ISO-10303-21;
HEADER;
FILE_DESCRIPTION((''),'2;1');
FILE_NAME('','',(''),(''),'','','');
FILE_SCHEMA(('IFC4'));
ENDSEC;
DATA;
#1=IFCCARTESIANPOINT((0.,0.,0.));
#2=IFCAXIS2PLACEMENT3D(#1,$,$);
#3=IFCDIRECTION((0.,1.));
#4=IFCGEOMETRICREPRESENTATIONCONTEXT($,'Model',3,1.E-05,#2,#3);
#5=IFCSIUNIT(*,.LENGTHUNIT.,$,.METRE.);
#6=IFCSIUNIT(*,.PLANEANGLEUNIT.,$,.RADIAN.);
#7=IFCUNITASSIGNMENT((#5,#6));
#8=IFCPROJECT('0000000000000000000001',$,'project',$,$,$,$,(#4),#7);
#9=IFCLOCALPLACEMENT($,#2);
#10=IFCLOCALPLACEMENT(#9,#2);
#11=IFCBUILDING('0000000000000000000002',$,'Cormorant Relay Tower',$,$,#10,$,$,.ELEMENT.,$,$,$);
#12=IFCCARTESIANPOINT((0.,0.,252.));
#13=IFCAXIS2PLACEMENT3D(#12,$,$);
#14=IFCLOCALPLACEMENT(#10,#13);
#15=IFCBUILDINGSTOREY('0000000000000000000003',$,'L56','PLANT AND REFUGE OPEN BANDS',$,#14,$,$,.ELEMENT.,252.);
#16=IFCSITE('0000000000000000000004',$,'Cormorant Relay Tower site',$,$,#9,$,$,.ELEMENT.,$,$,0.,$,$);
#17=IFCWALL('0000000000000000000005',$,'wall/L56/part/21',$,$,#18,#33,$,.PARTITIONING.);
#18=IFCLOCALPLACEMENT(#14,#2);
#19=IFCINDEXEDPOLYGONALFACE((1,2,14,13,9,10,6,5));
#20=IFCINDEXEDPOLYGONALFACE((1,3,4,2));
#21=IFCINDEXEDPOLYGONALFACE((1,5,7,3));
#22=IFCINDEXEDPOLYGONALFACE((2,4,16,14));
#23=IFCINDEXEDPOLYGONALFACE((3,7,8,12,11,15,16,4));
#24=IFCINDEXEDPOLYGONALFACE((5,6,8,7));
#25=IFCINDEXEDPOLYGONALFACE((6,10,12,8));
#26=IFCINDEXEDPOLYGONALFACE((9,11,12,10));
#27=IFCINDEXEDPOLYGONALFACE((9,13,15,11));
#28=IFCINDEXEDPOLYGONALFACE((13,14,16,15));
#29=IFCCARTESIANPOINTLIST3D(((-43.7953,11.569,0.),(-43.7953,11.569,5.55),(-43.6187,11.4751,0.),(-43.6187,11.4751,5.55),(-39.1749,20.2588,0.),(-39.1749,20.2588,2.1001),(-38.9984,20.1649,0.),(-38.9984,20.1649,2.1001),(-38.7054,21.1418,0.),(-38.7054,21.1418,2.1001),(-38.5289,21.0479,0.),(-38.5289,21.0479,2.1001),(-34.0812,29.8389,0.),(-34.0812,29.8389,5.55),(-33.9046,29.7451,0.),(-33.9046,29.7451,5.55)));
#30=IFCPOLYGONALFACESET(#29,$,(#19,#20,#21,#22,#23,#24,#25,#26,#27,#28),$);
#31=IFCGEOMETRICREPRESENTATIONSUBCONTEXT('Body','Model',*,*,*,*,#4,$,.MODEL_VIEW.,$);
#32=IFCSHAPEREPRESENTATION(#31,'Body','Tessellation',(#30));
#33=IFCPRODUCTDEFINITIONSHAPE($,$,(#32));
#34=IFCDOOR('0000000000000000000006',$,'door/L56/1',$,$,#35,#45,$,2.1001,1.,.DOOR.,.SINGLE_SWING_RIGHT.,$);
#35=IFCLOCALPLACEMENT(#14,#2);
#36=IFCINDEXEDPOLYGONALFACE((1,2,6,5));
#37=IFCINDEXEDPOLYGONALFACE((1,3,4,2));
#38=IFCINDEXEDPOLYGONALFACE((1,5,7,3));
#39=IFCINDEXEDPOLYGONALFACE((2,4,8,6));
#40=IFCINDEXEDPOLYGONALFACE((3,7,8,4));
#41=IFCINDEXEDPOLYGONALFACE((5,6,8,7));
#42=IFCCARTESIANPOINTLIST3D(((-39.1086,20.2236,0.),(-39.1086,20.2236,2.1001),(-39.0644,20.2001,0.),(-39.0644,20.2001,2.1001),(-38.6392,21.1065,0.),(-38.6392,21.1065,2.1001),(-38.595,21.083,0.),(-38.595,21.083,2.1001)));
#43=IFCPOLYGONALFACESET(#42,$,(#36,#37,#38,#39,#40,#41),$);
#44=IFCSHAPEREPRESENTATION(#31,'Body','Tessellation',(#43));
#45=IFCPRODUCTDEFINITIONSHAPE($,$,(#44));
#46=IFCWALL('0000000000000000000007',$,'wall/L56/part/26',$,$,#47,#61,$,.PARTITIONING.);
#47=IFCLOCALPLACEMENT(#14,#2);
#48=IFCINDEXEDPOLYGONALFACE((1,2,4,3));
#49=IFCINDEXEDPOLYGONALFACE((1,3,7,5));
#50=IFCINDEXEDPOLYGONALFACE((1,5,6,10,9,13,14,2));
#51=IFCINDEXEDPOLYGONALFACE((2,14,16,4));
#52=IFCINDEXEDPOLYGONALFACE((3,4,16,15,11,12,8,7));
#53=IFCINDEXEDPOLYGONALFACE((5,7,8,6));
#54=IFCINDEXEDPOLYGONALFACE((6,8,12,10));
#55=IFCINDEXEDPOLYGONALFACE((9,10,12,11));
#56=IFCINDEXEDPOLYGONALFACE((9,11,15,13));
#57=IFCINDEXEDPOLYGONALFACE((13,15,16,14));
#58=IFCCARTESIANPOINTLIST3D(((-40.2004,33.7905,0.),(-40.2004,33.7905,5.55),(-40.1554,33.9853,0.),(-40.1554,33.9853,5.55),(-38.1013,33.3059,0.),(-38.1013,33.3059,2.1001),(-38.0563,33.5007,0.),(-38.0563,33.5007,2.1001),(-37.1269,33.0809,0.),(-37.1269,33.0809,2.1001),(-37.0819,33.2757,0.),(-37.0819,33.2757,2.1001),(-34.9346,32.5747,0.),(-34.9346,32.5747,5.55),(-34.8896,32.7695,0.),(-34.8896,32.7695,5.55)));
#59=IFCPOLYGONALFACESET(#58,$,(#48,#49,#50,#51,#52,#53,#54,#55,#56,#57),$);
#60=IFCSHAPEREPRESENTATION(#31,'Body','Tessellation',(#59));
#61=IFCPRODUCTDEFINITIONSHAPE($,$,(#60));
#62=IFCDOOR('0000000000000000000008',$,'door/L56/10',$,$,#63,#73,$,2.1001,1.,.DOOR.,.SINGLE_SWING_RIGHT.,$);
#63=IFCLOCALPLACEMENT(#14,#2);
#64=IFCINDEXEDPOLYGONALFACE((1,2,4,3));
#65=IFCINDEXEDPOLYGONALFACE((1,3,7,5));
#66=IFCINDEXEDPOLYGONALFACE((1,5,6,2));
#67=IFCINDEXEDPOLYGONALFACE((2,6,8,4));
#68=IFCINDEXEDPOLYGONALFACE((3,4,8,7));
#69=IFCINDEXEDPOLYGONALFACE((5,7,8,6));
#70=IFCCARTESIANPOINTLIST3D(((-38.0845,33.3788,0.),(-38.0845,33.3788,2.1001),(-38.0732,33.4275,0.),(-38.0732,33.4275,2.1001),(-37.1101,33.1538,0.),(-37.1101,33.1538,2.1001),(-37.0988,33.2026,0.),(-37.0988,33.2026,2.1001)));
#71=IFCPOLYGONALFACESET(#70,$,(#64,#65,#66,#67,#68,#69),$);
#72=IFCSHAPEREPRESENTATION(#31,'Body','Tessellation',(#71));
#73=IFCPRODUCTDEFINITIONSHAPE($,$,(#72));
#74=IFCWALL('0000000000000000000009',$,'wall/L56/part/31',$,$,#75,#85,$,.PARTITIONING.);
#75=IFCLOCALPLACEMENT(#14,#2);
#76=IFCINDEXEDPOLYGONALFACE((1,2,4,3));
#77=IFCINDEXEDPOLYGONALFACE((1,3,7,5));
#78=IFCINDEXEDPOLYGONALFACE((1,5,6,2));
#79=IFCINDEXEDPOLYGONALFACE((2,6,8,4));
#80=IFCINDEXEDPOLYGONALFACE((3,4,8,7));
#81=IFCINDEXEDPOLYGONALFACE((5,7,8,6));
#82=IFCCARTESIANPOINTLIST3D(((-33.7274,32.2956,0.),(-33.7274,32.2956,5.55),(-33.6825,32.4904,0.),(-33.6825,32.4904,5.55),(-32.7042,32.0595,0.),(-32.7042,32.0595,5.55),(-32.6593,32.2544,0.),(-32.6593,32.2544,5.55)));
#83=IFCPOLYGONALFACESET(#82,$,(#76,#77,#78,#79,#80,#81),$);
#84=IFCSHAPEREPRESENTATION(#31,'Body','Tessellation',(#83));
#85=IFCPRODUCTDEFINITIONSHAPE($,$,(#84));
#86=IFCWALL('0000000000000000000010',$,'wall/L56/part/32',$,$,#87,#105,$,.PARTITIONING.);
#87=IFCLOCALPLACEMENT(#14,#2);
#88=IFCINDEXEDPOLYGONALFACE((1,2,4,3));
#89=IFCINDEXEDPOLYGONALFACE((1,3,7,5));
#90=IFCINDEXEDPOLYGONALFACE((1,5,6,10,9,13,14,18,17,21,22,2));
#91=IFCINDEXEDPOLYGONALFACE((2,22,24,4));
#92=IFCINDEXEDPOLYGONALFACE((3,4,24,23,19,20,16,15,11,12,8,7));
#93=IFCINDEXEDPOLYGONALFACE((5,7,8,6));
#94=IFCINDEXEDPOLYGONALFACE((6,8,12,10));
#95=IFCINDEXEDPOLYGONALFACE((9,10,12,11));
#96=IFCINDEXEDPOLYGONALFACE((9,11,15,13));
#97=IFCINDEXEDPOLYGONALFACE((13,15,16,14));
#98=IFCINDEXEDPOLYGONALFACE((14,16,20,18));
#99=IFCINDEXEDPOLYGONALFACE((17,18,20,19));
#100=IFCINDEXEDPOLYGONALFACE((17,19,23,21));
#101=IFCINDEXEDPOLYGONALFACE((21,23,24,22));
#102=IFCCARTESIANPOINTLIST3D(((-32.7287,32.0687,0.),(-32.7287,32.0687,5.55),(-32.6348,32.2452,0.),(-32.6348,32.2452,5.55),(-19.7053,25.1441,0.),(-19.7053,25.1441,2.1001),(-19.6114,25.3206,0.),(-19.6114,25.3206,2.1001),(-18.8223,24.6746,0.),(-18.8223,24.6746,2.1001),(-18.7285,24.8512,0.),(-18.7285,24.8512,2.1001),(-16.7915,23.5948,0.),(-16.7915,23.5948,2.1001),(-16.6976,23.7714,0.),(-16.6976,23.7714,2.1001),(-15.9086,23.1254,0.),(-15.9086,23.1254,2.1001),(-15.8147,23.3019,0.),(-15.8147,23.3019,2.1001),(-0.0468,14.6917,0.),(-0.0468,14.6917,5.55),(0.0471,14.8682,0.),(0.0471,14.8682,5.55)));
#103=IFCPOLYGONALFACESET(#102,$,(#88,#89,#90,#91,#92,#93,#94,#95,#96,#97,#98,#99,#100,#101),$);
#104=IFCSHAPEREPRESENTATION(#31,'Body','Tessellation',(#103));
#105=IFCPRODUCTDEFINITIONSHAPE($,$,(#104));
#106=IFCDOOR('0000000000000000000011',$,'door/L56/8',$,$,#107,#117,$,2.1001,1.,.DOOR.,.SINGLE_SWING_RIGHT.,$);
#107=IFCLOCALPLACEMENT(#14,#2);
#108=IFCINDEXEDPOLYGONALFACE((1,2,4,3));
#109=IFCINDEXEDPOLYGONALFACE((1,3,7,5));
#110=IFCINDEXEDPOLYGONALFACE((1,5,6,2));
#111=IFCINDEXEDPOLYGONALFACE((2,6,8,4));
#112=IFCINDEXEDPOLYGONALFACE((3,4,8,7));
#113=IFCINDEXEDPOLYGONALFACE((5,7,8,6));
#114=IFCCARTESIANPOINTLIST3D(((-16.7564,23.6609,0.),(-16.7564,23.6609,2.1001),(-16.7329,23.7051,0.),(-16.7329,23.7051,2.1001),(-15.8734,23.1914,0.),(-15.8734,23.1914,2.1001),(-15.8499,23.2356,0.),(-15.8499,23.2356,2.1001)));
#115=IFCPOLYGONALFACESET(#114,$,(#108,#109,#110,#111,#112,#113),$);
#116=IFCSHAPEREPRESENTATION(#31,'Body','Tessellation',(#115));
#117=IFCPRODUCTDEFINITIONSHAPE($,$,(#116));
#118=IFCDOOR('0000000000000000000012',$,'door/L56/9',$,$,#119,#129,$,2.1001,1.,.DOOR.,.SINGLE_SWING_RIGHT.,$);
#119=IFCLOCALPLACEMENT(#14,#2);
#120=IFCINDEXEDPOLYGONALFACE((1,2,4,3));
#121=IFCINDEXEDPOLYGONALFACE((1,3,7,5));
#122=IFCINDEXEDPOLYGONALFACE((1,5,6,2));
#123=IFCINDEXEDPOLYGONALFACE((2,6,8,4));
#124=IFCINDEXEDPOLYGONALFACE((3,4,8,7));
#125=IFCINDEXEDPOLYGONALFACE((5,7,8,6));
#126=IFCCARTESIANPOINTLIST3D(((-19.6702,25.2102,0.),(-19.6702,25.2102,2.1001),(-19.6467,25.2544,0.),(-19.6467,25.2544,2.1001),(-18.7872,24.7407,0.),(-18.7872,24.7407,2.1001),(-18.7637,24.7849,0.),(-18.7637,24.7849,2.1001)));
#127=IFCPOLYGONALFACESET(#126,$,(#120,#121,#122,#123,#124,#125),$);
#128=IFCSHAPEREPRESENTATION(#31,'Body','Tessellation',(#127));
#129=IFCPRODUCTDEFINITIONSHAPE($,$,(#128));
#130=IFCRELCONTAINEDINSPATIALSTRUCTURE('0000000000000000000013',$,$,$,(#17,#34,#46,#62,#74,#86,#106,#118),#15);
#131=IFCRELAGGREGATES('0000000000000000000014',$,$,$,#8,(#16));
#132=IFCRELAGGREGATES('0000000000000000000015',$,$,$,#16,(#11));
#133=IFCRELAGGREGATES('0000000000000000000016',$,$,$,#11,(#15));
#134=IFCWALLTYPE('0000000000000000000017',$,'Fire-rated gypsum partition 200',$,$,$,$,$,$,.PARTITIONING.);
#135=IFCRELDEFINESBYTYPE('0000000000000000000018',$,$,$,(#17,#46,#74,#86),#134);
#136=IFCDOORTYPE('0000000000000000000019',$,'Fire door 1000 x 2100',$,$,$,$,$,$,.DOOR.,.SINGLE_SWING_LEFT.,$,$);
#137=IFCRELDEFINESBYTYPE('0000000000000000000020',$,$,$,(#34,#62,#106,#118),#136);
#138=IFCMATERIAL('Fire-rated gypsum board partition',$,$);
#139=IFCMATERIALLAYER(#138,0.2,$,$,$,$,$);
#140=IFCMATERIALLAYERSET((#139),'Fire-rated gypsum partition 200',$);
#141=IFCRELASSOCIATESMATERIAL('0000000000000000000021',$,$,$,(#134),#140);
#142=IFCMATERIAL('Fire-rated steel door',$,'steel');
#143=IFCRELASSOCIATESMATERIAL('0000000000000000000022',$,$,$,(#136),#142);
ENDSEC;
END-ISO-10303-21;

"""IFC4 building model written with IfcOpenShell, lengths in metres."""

from ifc_helpers import new_model, si_unit, direction, frame, frame_2d, origin, place, context, subcontext, project, spatial, rectangle, extrude, material, layer, layer_set, type_object, element, fill, save


model = new_model("IFC4")

# Units and contexts
model_context = context("Model", 3, precision=1e-05, world=origin(), true_north=direction((0.0, 1.0)))
body_context = subcontext(model_context, "Body", "Model", "MODEL_VIEW")
ifc_project = project(units=[si_unit("LENGTHUNIT", "METRE"), si_unit("PLANEANGLEUNIT", "RADIAN")], contexts=[model_context])

# Site, building, storey
site_placement = place(None, origin())
site = spatial("IfcSite", under=ifc_project, at=site_placement, Name="Cormorant Relay Tower site", CompositionType="ELEMENT", RefElevation=0.0)
building_placement = place(site_placement, origin())
building = spatial("IfcBuilding", under=site, at=building_placement, Name="Cormorant Relay Tower", CompositionType="ELEMENT")
storey_placement = place(building_placement, frame((0.0, 0.0, 252.0)))
storey = spatial("IfcBuildingStorey", under=building, at=storey_placement, Name="L56", Description="PLANT AND REFUGE OPEN BANDS", CompositionType="ELEMENT", Elevation=252.0)

# Walls, openings, doors
ifc_material_1 = material(Name="Fire-rated gypsum board partition")
ifc_layer_1 = layer(ifc_material_1, 0.2)
ifc_layer_set_1 = layer_set([ifc_layer_1], Name="Fire-rated gypsum partition 200")
wall_type_1 = type_object("IfcWallType", Name="Fire-rated gypsum partition 200", PredefinedType="PARTITIONING", material=ifc_layer_set_1)
wall_1_placement = place(storey_placement, frame((-33.9929, 29.792, 0.0), z_axis=(0.0, 0.0, 1.0), x_axis=(-0.469463, -0.882952, 0.0)))
wall_1 = element("IfcWall", 1, at=wall_1_placement, inside=storey, type_object=wall_type_1, Name="wall/L56/part/21", PredefinedType="PARTITIONING", context=body_context, shape_type="SweptSolid", body=[
    extrude(rectangle(XDim=20.6919, YDim=0.2, at=frame_2d((10.3459, 0.0))), origin(), (0.0, 0.0, 1.0), 5.55),
])
opening_1_placement = place(wall_1_placement, frame((9.8501, 0.0, 0.0)))
opening_1 = element("IfcOpeningElement", 2, at=opening_1_placement, cuts=wall_1, PredefinedType="OPENING", context=body_context, shape_type="SweptSolid", body=[
    extrude(rectangle(XDim=1.0, YDim=2.1001, at=frame_2d((0.5, 1.05))), frame((0.0, 0.1099, 0.0), z_axis=(0.0, -1.0, 0.0), x_axis=(1.0, 0.0, 0.0)), (0.0, 0.0, 1.0), 0.22),
])
ifc_material_2 = material(Name="Fire-rated steel door", Category="steel")
door_type_1 = type_object("IfcDoorType", Name="Fire door 1000 x 2100", OperationType="SINGLE_SWING_LEFT", PredefinedType="DOOR", material=ifc_material_2)
door_1_placement = place(opening_1_placement, frame((1.0, 0.0, 0.0), z_axis=(0.0, 0.0, 1.0), x_axis=(-1.0, 0.0, 0.0)))
door_1 = element("IfcDoor", 3, at=door_1_placement, inside=storey, type_object=door_type_1, Name="door/L56/1", OperationType="SINGLE_SWING_RIGHT", OverallHeight=2.1001, OverallWidth=1.0, PredefinedType="DOOR", context=body_context, shape_type="SweptSolid", body=[
    extrude(rectangle(XDim=1.0, YDim=2.1001, at=frame_2d((0.5, 1.05))), frame((0.0, 0.0249, 0.0), z_axis=(0.0, -1.0, 0.0), x_axis=(1.0, 0.0, 0.0)), (0.0, 0.0, 1.0), 0.05),
])
fill(opening_1, door_1)
wall_2_placement = place(storey_placement, frame((-34.9121, 32.6721, 0.0), z_axis=(0.0, 0.0, 1.0), x_axis=(-0.974366, 0.224968, 0.0)))
wall_2 = element("IfcWall", 4, at=wall_2_placement, inside=storey, type_object=wall_type_1, Name="wall/L56/part/26", PredefinedType="PARTITIONING", context=body_context, shape_type="SweptSolid", body=[
    extrude(rectangle(XDim=5.4043, YDim=0.2, at=frame_2d((2.7021, 0.0))), origin(), (0.0, 0.0, 1.0), 5.55),
])
opening_2_placement = place(wall_2_placement, frame((2.25, 0.0, 0.0)))
opening_2 = element("IfcOpeningElement", 5, at=opening_2_placement, cuts=wall_2, PredefinedType="OPENING", context=body_context, shape_type="SweptSolid", body=[
    extrude(rectangle(XDim=1.0, YDim=2.1001, at=frame_2d((0.5, 1.05))), frame((0.0, 0.1099, 0.0), z_axis=(0.0, -1.0, 0.0), x_axis=(1.0, 0.0, 0.0)), (0.0, 0.0, 1.0), 0.22),
])
door_2_placement = place(opening_2_placement, frame((1.0, 0.0, 0.0), z_axis=(0.0, 0.0, 1.0), x_axis=(-1.0, 0.0, 0.0)))
door_2 = element("IfcDoor", 6, at=door_2_placement, inside=storey, type_object=door_type_1, Name="door/L56/10", OperationType="SINGLE_SWING_RIGHT", OverallHeight=2.1001, OverallWidth=1.0, PredefinedType="DOOR", context=body_context, shape_type="SweptSolid", body=[
    extrude(rectangle(XDim=1.0, YDim=2.1001, at=frame_2d((0.5, 1.05))), frame((0.0, 0.0249, 0.0), z_axis=(0.0, -1.0, 0.0), x_axis=(1.0, 0.0, 0.0)), (0.0, 0.0, 1.0), 0.05),
])
fill(opening_2, door_2)

# Wall
wall_3_placement = place(storey_placement, frame((-32.6819, 32.157, 0.0), z_axis=(0.0, 0.0, 1.0), x_axis=(-0.974399, 0.224826, 0.0)))
element("IfcWall", 7, at=wall_3_placement, inside=storey, type_object=wall_type_1, Name="wall/L56/part/31", PredefinedType="PARTITIONING", context=body_context, shape_type="SweptSolid", body=[
    extrude(rectangle(XDim=1.05, YDim=0.2, at=frame_2d((0.5249, 0.0))), origin(), (0.0, 0.0, 1.0), 5.55),
])

# Wall, openings, doors
wall_4_placement = place(storey_placement, frame((-32.6819, 32.157, 0.0), z_axis=(0.0, 0.0, 1.0), x_axis=(0.882951, -0.469465, 0.0)))
wall_4 = element("IfcWall", 8, at=wall_4_placement, inside=storey, type_object=wall_type_1, Name="wall/L56/part/32", PredefinedType="PARTITIONING", context=body_context, shape_type="SweptSolid", body=[
    extrude(rectangle(XDim=37.0144, YDim=0.2, at=frame_2d((18.5073, 0.0))), origin(), (0.0, 0.0, 1.0), 5.55),
])
opening_3_placement = place(wall_4_placement, frame((18.05, 0.0, 0.0)))
opening_3 = element("IfcOpeningElement", 9, at=opening_3_placement, cuts=wall_4, PredefinedType="OPENING", context=body_context, shape_type="SweptSolid", body=[
    extrude(rectangle(XDim=1.0, YDim=2.1001, at=frame_2d((0.5, 1.05))), frame((0.0, 0.1099, 0.0), z_axis=(0.0, -1.0, 0.0), x_axis=(1.0, 0.0, 0.0)), (0.0, 0.0, 1.0), 0.22),
])
opening_4_placement = place(wall_4_placement, frame((14.75, 0.0, 0.0)))
opening_4 = element("IfcOpeningElement", 10, at=opening_4_placement, cuts=wall_4, PredefinedType="OPENING", context=body_context, shape_type="SweptSolid", body=[
    extrude(rectangle(XDim=1.0, YDim=2.1001, at=frame_2d((0.5, 1.05))), frame((0.0, 0.1099, 0.0), z_axis=(0.0, -1.0, 0.0), x_axis=(1.0, 0.0, 0.0)), (0.0, 0.0, 1.0), 0.22),
])
door_3_placement = place(opening_3_placement, origin())
door_3 = element("IfcDoor", 11, at=door_3_placement, inside=storey, type_object=door_type_1, Name="door/L56/8", OperationType="SINGLE_SWING_RIGHT", OverallHeight=2.1001, OverallWidth=1.0, PredefinedType="DOOR", context=body_context, shape_type="SweptSolid", body=[
    extrude(rectangle(XDim=1.0, YDim=2.1001, at=frame_2d((0.5, 1.05))), frame((0.0, 0.0249, 0.0), z_axis=(0.0, -1.0, 0.0), x_axis=(1.0, 0.0, 0.0)), (0.0, 0.0, 1.0), 0.05),
])
fill(opening_3, door_3)
door_4_placement = place(opening_4_placement, origin())
door_4 = element("IfcDoor", 12, at=door_4_placement, inside=storey, type_object=door_type_1, Name="door/L56/9", OperationType="SINGLE_SWING_RIGHT", OverallHeight=2.1001, OverallWidth=1.0, PredefinedType="DOOR", context=body_context, shape_type="SweptSolid", body=[
    extrude(rectangle(XDim=1.0, YDim=2.1001, at=frame_2d((0.5, 1.05))), frame((0.0, 0.0249, 0.0), z_axis=(0.0, -1.0, 0.0), x_axis=(1.0, 0.0, 0.0)), (0.0, 0.0, 1.0), 0.05),
])
fill(opening_4, door_4)

save(model, "model.ifc")
